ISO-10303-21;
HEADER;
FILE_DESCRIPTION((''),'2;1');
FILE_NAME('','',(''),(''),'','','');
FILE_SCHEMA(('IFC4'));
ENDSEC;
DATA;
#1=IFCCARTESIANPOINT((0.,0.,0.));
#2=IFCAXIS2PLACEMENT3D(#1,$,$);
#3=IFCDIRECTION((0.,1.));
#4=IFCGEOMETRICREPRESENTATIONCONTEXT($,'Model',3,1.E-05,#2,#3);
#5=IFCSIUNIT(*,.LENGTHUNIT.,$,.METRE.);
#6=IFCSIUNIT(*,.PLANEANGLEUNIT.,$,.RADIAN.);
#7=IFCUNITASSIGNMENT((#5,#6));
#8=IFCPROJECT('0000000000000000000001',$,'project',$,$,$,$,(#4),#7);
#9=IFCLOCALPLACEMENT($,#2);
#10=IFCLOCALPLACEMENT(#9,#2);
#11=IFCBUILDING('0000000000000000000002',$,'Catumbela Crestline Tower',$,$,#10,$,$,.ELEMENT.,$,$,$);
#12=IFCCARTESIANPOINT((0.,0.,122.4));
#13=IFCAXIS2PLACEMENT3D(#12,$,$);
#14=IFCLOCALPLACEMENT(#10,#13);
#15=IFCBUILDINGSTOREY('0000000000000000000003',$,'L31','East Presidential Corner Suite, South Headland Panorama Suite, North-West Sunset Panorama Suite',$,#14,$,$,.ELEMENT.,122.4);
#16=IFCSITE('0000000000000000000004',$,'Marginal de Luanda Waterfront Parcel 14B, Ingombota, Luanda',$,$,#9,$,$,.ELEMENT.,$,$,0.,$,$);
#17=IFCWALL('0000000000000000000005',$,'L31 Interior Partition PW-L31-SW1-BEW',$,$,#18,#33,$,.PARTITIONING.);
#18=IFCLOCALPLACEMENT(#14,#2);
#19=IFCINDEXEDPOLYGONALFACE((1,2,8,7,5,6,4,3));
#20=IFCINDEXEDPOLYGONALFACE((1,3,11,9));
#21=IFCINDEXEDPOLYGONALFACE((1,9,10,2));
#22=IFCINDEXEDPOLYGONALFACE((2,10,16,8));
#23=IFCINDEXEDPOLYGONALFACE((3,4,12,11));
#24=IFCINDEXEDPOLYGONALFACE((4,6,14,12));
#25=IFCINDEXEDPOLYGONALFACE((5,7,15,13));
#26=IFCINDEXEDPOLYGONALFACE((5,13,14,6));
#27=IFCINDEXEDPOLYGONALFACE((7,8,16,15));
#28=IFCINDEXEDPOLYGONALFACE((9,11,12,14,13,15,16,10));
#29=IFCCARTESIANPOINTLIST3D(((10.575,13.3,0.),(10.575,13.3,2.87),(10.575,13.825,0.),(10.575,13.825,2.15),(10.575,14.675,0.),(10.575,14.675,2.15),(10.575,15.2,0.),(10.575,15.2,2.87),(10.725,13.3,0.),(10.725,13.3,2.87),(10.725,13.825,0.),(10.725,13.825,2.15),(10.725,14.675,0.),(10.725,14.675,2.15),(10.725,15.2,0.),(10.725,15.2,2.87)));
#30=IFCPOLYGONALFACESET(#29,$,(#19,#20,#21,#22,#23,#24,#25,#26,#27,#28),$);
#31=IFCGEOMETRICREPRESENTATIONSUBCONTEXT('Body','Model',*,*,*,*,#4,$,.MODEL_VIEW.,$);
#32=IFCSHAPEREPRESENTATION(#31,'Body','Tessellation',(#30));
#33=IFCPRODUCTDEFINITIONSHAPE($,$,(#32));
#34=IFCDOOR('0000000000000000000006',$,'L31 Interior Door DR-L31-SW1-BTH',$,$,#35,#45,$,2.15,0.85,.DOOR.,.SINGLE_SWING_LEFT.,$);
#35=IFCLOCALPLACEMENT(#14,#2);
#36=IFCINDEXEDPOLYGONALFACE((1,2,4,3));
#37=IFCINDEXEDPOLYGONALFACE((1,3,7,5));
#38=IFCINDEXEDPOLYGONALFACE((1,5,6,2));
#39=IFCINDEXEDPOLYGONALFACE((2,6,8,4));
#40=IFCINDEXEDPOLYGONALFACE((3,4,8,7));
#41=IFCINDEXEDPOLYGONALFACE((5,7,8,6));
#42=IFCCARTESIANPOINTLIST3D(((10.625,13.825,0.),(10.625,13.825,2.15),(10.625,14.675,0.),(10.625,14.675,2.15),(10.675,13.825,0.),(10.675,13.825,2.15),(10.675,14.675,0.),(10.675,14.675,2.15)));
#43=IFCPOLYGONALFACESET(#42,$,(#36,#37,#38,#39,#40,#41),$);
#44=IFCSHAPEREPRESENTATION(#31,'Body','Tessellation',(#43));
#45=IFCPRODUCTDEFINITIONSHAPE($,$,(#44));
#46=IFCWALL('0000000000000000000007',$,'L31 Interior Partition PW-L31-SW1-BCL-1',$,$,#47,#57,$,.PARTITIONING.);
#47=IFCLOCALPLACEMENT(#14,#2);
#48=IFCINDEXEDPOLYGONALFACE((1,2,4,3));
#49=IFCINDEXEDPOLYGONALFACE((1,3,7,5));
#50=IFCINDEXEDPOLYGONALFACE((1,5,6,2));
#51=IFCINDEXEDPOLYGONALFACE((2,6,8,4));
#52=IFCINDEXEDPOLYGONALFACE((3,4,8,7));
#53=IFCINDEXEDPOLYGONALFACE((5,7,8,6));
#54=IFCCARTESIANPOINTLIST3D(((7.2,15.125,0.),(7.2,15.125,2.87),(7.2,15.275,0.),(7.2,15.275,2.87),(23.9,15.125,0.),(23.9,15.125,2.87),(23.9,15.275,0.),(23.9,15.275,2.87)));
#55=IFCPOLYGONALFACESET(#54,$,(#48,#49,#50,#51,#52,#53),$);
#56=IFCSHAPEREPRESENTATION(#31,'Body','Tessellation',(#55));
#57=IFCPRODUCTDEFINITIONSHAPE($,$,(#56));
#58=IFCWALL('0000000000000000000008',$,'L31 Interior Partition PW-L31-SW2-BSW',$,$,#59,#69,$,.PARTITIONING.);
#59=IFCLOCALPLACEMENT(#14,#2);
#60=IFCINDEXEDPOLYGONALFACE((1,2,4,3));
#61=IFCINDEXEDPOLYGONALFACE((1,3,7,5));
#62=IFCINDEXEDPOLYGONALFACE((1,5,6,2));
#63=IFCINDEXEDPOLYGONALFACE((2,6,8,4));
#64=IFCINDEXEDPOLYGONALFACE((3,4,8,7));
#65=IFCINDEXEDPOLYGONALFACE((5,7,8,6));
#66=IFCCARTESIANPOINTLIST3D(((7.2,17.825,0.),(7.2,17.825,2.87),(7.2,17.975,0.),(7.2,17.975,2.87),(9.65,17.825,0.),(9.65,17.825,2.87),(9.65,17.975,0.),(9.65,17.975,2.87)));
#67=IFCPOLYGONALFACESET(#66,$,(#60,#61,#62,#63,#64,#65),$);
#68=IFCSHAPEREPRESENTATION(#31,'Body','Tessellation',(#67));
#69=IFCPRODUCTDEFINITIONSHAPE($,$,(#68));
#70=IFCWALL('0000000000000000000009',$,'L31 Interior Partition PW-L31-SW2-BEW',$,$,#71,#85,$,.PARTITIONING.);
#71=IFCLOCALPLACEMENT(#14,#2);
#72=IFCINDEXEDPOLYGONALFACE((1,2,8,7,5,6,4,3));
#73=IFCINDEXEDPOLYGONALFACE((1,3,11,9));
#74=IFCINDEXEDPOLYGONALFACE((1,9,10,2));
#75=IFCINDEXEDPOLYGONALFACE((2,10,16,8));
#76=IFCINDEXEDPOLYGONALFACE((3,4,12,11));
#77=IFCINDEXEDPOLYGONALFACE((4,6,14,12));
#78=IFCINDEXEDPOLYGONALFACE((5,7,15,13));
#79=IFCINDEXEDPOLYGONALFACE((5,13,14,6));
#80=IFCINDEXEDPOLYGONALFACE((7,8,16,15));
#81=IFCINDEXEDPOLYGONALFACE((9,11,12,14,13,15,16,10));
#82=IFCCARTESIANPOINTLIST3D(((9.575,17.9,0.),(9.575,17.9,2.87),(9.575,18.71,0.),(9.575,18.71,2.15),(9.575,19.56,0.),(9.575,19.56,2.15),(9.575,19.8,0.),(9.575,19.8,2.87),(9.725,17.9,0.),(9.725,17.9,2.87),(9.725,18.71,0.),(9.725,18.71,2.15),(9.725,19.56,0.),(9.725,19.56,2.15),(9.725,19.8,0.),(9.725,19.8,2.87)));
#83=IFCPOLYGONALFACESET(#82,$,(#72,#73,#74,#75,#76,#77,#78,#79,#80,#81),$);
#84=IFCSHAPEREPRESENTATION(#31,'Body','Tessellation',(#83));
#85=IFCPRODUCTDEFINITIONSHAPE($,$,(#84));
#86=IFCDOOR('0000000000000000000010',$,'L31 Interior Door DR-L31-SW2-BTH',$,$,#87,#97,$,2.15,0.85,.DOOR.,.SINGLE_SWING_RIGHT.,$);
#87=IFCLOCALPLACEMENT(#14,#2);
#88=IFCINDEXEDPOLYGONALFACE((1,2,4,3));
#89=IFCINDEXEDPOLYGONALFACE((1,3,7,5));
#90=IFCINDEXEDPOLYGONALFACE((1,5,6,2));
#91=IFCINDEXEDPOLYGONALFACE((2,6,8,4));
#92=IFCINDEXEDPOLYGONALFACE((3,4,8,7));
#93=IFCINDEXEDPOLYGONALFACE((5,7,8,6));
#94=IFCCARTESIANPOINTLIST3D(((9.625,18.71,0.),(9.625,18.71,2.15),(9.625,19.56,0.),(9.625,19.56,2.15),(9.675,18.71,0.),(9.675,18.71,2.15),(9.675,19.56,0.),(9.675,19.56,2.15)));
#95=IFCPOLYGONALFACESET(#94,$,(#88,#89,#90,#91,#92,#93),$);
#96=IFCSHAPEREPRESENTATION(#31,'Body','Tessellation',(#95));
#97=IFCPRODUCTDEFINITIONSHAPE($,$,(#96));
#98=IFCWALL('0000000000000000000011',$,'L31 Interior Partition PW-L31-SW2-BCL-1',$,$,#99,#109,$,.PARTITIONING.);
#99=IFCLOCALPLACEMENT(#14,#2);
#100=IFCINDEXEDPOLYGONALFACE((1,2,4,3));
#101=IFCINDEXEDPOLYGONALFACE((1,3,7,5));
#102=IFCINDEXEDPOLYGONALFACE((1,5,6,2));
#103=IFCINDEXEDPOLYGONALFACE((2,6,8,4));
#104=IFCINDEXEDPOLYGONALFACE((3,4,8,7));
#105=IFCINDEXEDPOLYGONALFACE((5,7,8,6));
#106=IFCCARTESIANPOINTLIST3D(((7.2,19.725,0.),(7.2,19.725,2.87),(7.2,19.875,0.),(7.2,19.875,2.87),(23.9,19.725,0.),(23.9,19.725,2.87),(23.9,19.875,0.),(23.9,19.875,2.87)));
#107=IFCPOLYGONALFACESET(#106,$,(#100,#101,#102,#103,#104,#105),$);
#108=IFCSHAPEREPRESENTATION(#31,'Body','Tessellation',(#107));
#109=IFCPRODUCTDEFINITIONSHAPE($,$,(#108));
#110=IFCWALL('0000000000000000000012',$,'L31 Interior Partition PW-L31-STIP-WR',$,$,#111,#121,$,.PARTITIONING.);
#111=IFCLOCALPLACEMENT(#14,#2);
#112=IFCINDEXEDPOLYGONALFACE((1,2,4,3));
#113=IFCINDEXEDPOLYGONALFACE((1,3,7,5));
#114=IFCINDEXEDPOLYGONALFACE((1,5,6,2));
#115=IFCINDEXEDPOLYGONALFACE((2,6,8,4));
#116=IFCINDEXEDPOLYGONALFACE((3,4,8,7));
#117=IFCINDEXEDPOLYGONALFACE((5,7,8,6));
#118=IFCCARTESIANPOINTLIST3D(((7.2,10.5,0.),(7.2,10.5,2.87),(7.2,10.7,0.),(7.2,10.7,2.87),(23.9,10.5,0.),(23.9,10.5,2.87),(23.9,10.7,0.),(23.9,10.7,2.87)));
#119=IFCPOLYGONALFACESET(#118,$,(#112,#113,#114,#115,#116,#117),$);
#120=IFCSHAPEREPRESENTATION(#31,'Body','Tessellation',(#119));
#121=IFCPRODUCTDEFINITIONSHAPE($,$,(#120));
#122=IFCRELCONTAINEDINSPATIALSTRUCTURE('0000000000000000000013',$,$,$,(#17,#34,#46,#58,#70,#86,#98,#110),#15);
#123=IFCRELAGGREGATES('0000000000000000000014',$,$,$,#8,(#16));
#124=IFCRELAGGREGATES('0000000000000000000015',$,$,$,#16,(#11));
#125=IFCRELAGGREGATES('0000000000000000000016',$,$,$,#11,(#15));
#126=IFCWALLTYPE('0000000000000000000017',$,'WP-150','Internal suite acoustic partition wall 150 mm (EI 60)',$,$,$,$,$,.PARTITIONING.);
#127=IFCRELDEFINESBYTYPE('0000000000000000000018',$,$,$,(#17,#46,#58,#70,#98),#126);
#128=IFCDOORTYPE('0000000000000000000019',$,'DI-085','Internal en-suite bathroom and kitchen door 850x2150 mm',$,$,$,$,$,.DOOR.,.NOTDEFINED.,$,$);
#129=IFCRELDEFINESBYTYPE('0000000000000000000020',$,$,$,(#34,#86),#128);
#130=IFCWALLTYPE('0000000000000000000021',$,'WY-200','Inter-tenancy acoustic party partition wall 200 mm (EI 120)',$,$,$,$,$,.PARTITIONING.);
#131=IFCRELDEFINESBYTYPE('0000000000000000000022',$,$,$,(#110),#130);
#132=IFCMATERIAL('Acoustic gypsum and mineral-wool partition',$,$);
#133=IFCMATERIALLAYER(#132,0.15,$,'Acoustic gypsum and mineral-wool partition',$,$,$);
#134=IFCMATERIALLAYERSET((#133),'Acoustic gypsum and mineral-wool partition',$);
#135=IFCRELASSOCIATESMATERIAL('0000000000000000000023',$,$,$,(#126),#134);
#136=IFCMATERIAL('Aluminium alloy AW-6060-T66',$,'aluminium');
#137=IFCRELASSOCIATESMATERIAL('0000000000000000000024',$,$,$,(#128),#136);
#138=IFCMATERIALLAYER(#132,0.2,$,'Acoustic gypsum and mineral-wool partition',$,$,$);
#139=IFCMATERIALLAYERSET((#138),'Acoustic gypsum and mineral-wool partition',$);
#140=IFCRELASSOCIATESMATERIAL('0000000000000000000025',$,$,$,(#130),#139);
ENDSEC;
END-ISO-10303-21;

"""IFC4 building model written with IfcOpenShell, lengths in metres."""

from ifc_helpers import new_model, si_unit, direction, frame, frame_2d, origin, place, context, subcontext, project, spatial, rectangle, extrude, material, layer, layer_set, type_object, element, fill, save


model = new_model("IFC4")

# Units and contexts
model_context = context("Model", 3, precision=1e-05, world=origin(), true_north=direction((0.0, 1.0)))
body_context = subcontext(model_context, "Body", "Model", "MODEL_VIEW")
ifc_project = project(units=[si_unit("LENGTHUNIT", "METRE"), si_unit("PLANEANGLEUNIT", "RADIAN")], contexts=[model_context])

# Site, building, storey
site_placement = place(None, origin())
site = spatial("IfcSite", under=ifc_project, at=site_placement, Name="Marginal de Luanda Waterfront Parcel 14B, Ingombota, Luanda", CompositionType="ELEMENT", RefElevation=0.0)
building_placement = place(site_placement, origin())
building = spatial("IfcBuilding", under=site, at=building_placement, Name="Catumbela Crestline Tower", CompositionType="ELEMENT")
storey_placement = place(building_placement, frame((0.0, 0.0, 122.4)))
storey = spatial("IfcBuildingStorey", under=building, at=storey_placement, Name="L31", Description="East Presidential Corner Suite, South Headland Panorama Suite, North-West Sunset Panorama Suite", CompositionType="ELEMENT", Elevation=122.4)

# Shared definitions
ifc_material_1 = material(Name="Acoustic gypsum and mineral-wool partition")
ifc_material_2 = material(Name="Aluminium alloy AW-6060-T66", Category="aluminium")

# Shared definitions
ifc_layer_1 = layer(ifc_material_1, 0.15, Name="Acoustic gypsum and mineral-wool partition")
ifc_layer_set_1 = layer_set([ifc_layer_1], Name="Acoustic gypsum and mineral-wool partition")
wall_type_1 = type_object("IfcWallType", Name="WP-150", Description="Internal suite acoustic partition wall 150 mm (EI 60)", PredefinedType="PARTITIONING", material=ifc_layer_set_1)

# Wall, opening, door
wall_1_placement = place(storey_placement, frame((10.65, 13.3, 0.0), z_axis=(0.0, 0.0, 1.0), x_axis=(0.0, 1.0, 0.0)))
wall_1 = element("IfcWall", 1, at=wall_1_placement, inside=storey, type_object=wall_type_1, Name="L31 Interior Partition PW-L31-SW1-BEW", PredefinedType="PARTITIONING", context=body_context, shape_type="SweptSolid", body=[
    extrude(rectangle(XDim=1.9, YDim=0.15, at=frame_2d((0.95, 0.0))), origin(), (0.0, 0.0, 1.0), 2.87),
])
opening_1_placement = place(wall_1_placement, frame((0.525, 0.0, 0.0)))
opening_1 = element("IfcOpeningElement", 2, at=opening_1_placement, cuts=wall_1, PredefinedType="OPENING", context=body_context, shape_type="SweptSolid", body=[
    extrude(rectangle(XDim=0.85, YDim=2.15, at=frame_2d((0.425, 1.075))), frame((0.0, 0.085, 0.0), z_axis=(0.0, -1.0, 0.0), x_axis=(1.0, 0.0, 0.0)), (0.0, 0.0, 1.0), 0.17),
])
door_type_1 = type_object("IfcDoorType", Name="DI-085", Description="Internal en-suite bathroom and kitchen door 850x2150 mm", OperationType="NOTDEFINED", PredefinedType="DOOR", material=ifc_material_2)
door_1_placement = place(opening_1_placement, origin())
door_1 = element("IfcDoor", 3, at=door_1_placement, inside=storey, type_object=door_type_1, Name="L31 Interior Door DR-L31-SW1-BTH", OperationType="SINGLE_SWING_LEFT", OverallHeight=2.15, OverallWidth=0.85, PredefinedType="DOOR", context=body_context, shape_type="SweptSolid", body=[
    extrude(rectangle(XDim=0.85, YDim=2.15, at=frame_2d((0.425, 1.075))), frame((0.0, 0.025, 0.0), z_axis=(0.0, -1.0, 0.0), x_axis=(1.0, 0.0, 0.0)), (0.0, 0.0, 1.0), 0.05),
])
fill(opening_1, door_1)

# Walls
wall_2_placement = place(storey_placement, frame((7.2, 15.2, 0.0), z_axis=(0.0, 0.0, 1.0), x_axis=(1.0, 0.0, 0.0)))
element("IfcWall", 4, at=wall_2_placement, inside=storey, type_object=wall_type_1, Name="L31 Interior Partition PW-L31-SW1-BCL-1", PredefinedType="PARTITIONING", context=body_context, shape_type="SweptSolid", body=[
    extrude(rectangle(XDim=16.7, YDim=0.15, at=frame_2d((8.35, 0.0))), origin(), (0.0, 0.0, 1.0), 2.87),
])
wall_3_placement = place(storey_placement, frame((7.2, 17.9, 0.0), z_axis=(0.0, 0.0, 1.0), x_axis=(1.0, 0.0, 0.0)))
element("IfcWall", 5, at=wall_3_placement, inside=storey, type_object=wall_type_1, Name="L31 Interior Partition PW-L31-SW2-BSW", PredefinedType="PARTITIONING", context=body_context, shape_type="SweptSolid", body=[
    extrude(rectangle(XDim=2.45, YDim=0.15, at=frame_2d((1.225, 0.0))), origin(), (0.0, 0.0, 1.0), 2.87),
])

# Wall, opening, door
wall_4_placement = place(storey_placement, frame((9.65, 17.9, 0.0), z_axis=(0.0, 0.0, 1.0), x_axis=(0.0, 1.0, 0.0)))
wall_4 = element("IfcWall", 6, at=wall_4_placement, inside=storey, type_object=wall_type_1, Name="L31 Interior Partition PW-L31-SW2-BEW", PredefinedType="PARTITIONING", context=body_context, shape_type="SweptSolid", body=[
    extrude(rectangle(XDim=1.9, YDim=0.15, at=frame_2d((0.95, 0.0))), origin(), (0.0, 0.0, 1.0), 2.87),
])
opening_2_placement = place(wall_4_placement, frame((0.81, 0.0, 0.0)))
opening_2 = element("IfcOpeningElement", 7, at=opening_2_placement, cuts=wall_4, PredefinedType="OPENING", context=body_context, shape_type="SweptSolid", body=[
    extrude(rectangle(XDim=0.85, YDim=2.15, at=frame_2d((0.425, 1.075))), frame((0.0, 0.085, 0.0), z_axis=(0.0, -1.0, 0.0), x_axis=(1.0, 0.0, 0.0)), (0.0, 0.0, 1.0), 0.17),
])
door_2_placement = place(opening_2_placement, origin())
door_2 = element("IfcDoor", 8, at=door_2_placement, inside=storey, type_object=door_type_1, Name="L31 Interior Door DR-L31-SW2-BTH", OperationType="SINGLE_SWING_RIGHT", OverallHeight=2.15, OverallWidth=0.85, PredefinedType="DOOR", context=body_context, shape_type="SweptSolid", body=[
    extrude(rectangle(XDim=0.85, YDim=2.15, at=frame_2d((0.425, 1.075))), frame((0.0, 0.025, 0.0), z_axis=(0.0, -1.0, 0.0), x_axis=(1.0, 0.0, 0.0)), (0.0, 0.0, 1.0), 0.05),
])
fill(opening_2, door_2)

# Walls
wall_5_placement = place(storey_placement, frame((7.2, 19.8, 0.0), z_axis=(0.0, 0.0, 1.0), x_axis=(1.0, 0.0, 0.0)))
element("IfcWall", 9, at=wall_5_placement, inside=storey, type_object=wall_type_1, Name="L31 Interior Partition PW-L31-SW2-BCL-1", PredefinedType="PARTITIONING", context=body_context, shape_type="SweptSolid", body=[
    extrude(rectangle(XDim=16.7, YDim=0.15, at=frame_2d((8.35, 0.0))), origin(), (0.0, 0.0, 1.0), 2.87),
])
ifc_layer_2 = layer(ifc_material_1, 0.2, Name="Acoustic gypsum and mineral-wool partition")
ifc_layer_set_2 = layer_set([ifc_layer_2], Name="Acoustic gypsum and mineral-wool partition")
wall_type_2 = type_object("IfcWallType", Name="WY-200", Description="Inter-tenancy acoustic party partition wall 200 mm (EI 120)", PredefinedType="PARTITIONING", material=ifc_layer_set_2)
wall_6_placement = place(storey_placement, frame((7.2, 10.6, 0.0), z_axis=(0.0, 0.0, 1.0), x_axis=(1.0, 0.0, 0.0)))
element("IfcWall", 10, at=wall_6_placement, inside=storey, type_object=wall_type_2, Name="L31 Interior Partition PW-L31-STIP-WR", PredefinedType="PARTITIONING", context=body_context, shape_type="SweptSolid", body=[
    extrude(rectangle(XDim=16.7, YDim=0.2, at=frame_2d((8.35, 0.0))), origin(), (0.0, 0.0, 1.0), 2.87),
])

save(model, "model.ifc")
